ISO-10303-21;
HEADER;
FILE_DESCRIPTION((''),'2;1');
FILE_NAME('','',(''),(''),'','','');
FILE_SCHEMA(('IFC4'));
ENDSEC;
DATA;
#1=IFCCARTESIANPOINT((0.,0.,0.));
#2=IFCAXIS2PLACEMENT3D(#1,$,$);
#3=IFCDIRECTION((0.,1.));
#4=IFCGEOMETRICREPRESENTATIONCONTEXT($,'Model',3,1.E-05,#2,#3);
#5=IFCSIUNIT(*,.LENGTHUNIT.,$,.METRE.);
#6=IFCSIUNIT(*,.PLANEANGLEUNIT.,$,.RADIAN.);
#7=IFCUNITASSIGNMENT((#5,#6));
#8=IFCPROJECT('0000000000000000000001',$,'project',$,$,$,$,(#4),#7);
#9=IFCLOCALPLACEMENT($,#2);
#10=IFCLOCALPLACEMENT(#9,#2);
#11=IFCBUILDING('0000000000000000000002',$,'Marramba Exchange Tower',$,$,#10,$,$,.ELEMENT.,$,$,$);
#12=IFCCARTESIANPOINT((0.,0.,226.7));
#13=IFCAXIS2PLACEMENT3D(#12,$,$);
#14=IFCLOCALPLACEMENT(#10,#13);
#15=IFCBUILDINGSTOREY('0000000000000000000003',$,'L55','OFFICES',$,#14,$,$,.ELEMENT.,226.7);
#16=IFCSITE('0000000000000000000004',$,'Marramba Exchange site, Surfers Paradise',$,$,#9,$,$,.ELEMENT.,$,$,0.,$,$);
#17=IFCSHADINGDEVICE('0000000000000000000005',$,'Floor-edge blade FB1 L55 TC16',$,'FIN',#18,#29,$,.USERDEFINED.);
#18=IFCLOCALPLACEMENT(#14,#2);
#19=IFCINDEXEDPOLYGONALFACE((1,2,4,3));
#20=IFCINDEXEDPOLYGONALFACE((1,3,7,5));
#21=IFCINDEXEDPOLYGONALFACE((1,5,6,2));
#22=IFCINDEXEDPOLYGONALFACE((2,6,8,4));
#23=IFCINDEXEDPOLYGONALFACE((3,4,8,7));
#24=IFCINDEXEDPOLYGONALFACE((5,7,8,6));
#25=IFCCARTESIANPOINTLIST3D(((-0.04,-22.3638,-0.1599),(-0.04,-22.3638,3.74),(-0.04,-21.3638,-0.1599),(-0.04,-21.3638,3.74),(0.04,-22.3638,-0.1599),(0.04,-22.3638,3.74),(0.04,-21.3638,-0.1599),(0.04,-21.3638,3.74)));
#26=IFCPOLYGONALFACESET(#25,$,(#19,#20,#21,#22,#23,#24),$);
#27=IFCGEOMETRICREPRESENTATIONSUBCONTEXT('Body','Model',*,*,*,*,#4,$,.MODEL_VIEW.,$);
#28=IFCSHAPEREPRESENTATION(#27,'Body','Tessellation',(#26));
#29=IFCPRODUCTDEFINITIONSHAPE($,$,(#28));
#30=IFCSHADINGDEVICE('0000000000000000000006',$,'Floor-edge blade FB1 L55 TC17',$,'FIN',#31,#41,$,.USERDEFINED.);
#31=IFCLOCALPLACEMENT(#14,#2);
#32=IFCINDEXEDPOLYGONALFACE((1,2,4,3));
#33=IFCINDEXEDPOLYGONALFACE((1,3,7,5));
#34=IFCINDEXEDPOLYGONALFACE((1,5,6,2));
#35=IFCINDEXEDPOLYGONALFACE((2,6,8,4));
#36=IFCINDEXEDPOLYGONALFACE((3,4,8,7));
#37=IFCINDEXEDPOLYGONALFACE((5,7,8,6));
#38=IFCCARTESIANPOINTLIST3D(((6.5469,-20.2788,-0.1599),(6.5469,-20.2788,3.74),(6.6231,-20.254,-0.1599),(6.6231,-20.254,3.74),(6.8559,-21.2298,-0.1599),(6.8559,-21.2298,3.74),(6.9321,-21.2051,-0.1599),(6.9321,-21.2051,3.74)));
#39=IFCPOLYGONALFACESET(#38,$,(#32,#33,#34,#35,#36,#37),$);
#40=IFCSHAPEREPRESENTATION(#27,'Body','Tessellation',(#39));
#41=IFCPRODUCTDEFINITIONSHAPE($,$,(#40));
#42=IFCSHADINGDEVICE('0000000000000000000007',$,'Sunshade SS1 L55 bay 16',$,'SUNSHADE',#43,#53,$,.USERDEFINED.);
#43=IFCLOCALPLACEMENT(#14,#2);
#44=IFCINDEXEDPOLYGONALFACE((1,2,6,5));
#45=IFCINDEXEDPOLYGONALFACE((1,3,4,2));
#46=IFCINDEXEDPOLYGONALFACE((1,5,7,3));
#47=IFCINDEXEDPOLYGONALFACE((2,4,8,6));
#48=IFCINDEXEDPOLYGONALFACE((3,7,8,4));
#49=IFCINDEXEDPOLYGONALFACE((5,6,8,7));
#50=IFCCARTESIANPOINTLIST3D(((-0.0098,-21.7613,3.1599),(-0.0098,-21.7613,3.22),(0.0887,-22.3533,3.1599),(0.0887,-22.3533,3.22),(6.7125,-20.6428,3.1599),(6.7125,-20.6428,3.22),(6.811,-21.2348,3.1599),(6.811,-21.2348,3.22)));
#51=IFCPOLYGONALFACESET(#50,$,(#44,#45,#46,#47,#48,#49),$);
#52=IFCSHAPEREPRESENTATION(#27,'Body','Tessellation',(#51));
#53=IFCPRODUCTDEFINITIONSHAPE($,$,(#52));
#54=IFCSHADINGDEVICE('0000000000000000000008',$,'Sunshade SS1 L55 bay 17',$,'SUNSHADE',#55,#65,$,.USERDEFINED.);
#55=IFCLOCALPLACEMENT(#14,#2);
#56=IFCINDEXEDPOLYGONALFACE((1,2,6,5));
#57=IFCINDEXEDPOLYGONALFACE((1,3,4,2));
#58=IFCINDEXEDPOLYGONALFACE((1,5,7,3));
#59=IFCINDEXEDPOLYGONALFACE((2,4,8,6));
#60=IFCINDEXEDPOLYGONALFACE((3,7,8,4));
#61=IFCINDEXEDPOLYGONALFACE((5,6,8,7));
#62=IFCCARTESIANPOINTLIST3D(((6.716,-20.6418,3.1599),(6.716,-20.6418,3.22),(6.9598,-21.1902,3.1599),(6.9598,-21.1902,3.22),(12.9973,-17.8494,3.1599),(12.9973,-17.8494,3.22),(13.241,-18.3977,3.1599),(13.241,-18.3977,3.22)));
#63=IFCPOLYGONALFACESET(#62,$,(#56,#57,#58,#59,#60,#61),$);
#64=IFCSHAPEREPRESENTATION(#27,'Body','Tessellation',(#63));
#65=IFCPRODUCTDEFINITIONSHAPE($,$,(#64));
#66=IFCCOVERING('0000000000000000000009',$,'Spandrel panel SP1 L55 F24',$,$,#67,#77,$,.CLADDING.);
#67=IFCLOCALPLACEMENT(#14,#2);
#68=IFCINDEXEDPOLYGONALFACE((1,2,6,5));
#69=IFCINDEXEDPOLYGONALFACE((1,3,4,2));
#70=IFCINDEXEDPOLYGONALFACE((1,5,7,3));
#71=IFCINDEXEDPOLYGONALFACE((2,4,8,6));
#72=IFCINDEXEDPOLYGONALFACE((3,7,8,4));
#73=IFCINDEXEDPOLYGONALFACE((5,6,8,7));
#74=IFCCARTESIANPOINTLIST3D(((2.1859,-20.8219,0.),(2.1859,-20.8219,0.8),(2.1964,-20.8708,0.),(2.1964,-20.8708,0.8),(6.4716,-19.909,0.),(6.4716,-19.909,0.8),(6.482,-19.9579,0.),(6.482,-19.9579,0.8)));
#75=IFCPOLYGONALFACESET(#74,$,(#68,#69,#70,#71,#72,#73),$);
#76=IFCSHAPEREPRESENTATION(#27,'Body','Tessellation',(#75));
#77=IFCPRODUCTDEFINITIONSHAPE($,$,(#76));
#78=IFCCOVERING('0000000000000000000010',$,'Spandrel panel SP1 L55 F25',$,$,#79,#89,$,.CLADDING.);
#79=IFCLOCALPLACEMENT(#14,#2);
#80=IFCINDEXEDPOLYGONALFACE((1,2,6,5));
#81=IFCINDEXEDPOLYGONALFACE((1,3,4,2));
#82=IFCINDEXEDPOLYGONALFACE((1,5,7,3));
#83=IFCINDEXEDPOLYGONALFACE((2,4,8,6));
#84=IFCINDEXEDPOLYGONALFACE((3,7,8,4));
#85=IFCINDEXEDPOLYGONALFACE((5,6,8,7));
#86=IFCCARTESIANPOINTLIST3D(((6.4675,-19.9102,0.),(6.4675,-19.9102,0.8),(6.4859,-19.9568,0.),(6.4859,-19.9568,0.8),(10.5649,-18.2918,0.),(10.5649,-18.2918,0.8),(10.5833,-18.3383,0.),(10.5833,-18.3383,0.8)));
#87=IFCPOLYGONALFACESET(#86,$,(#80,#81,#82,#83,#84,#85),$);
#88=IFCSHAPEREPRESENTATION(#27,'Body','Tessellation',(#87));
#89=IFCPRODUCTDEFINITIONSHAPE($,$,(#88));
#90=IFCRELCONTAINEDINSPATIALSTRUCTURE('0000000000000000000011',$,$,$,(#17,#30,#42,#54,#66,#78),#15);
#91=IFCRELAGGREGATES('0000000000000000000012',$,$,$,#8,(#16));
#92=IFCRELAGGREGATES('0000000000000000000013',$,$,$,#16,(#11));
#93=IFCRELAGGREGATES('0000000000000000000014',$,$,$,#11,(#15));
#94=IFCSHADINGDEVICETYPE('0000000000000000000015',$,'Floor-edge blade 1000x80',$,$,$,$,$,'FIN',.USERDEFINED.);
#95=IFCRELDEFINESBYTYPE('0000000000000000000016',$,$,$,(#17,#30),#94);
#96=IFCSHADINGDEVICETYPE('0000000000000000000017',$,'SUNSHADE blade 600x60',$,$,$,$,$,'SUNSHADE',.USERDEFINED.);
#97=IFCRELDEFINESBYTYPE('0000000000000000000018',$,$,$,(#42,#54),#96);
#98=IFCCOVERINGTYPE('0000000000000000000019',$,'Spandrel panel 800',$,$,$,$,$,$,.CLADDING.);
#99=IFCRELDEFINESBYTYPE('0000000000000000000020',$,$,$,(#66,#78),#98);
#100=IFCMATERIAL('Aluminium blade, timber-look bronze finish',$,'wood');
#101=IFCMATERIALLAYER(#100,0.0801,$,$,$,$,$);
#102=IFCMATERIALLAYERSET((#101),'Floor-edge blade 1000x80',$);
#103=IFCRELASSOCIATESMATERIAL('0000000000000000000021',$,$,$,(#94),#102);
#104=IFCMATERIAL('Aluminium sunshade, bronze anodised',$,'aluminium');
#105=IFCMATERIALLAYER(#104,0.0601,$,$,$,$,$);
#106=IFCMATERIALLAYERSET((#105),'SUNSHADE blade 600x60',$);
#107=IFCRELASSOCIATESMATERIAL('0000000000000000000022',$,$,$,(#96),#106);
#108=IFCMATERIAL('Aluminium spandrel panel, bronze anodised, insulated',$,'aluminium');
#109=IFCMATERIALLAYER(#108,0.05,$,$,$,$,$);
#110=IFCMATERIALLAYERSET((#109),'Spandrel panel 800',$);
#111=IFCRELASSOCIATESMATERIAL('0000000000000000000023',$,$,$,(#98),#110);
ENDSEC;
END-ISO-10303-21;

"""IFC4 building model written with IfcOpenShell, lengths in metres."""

from ifc_helpers import new_model, si_unit, direction, frame, origin, origin_2d, place, context, subcontext, project, spatial, rectangle, extrude, material, layer, layer_set, type_object, element, save


model = new_model("IFC4")

# Units and contexts
model_context = context("Model", 3, precision=1e-05, world=origin(), true_north=direction((0.0, 1.0)))
body_context = subcontext(model_context, "Body", "Model", "MODEL_VIEW")
ifc_project = project(units=[si_unit("LENGTHUNIT", "METRE"), si_unit("PLANEANGLEUNIT", "RADIAN")], contexts=[model_context])

# Site, building, storey
site_placement = place(None, origin())
site = spatial("IfcSite", under=ifc_project, at=site_placement, Name="Marramba Exchange site, Surfers Paradise", CompositionType="ELEMENT", RefElevation=0.0)
building_placement = place(site_placement, origin())
building = spatial("IfcBuilding", under=site, at=building_placement, Name="Marramba Exchange Tower", CompositionType="ELEMENT")
storey_placement = place(building_placement, frame((0.0, 0.0, 226.7)))
storey = spatial("IfcBuildingStorey", under=building, at=storey_placement, Name="L55", Description="OFFICES", CompositionType="ELEMENT", Elevation=226.7)

# Shading devices
ifc_material_1 = material(Name="Aluminium blade, timber-look bronze finish", Category="wood")
ifc_layer_1 = layer(ifc_material_1, 0.0801)
ifc_layer_set_1 = layer_set([ifc_layer_1], Name="Floor-edge blade 1000x80")
shading_device_type_1 = type_object("IfcShadingDeviceType", Name="Floor-edge blade 1000x80", ElementType="FIN", PredefinedType="USERDEFINED", material=ifc_layer_set_1)
for number, where, z_axis, x_axis, name in (
    (1, (0.0, -21.8638, -0.1599), (0.0, 0.0, 1.0), (0.0, -1.0, 0.0), "Floor-edge blade FB1 L55 TC16"),
    (2, (6.7395, -20.7419, -0.1599), (0.0, 0.0, 1.0), (0.309017, -0.951057, 0.0), "Floor-edge blade FB1 L55 TC17"),
):
    element("IfcShadingDevice", number, at=place(storey_placement, frame(where, z_axis=z_axis, x_axis=x_axis)), inside=storey, type_object=shading_device_type_1, Name=name, ObjectType="FIN", PredefinedType="USERDEFINED", context=body_context, shape_type="SweptSolid", body=[
        extrude(rectangle(XDim=1.0, YDim=0.0801, at=origin_2d()), origin(), (0.0, 0.0, 1.0), 3.8999),
    ])
ifc_material_2 = material(Name="Aluminium sunshade, bronze anodised", Category="aluminium")
ifc_layer_2 = layer(ifc_material_2, 0.0601)
ifc_layer_set_2 = layer_set([ifc_layer_2], Name="SUNSHADE blade 600x60")
shading_device_type_2 = type_object("IfcShadingDeviceType", Name="SUNSHADE blade 600x60", ElementType="SUNSHADE", PredefinedType="USERDEFINED", material=ifc_layer_set_2)
shading_device_1_placement = place(storey_placement, frame((3.4006, -21.498, 3.1599), z_axis=(0.0, 0.0, 1.0), x_axis=(0.98644, 0.164125, 0.0)))
element("IfcShadingDevice", 3, at=shading_device_1_placement, inside=storey, type_object=shading_device_type_2, Name="Sunshade SS1 L55 bay 16", ObjectType="SUNSHADE", PredefinedType="USERDEFINED", context=body_context, shape_type="SweptSolid", body=[
    extrude(rectangle(XDim=6.8147, YDim=0.6001, at=origin_2d()), origin(), (0.0, 0.0, 1.0), 0.0601),
])
shading_device_2_placement = place(storey_placement, frame((9.9785, -19.5198, 3.1599), z_axis=(0.0, 0.0, 1.0), x_axis=(0.913772, 0.406228, 0.0)))
element("IfcShadingDevice", 4, at=shading_device_2_placement, inside=storey, type_object=shading_device_type_2, Name="Sunshade SS1 L55 bay 17", ObjectType="SUNSHADE", PredefinedType="USERDEFINED", context=body_context, shape_type="SweptSolid", body=[
    extrude(rectangle(XDim=6.874, YDim=0.6001, at=origin_2d()), origin(), (0.0, 0.0, 1.0), 0.0601),
])

# Coverings
ifc_material_3 = material(Name="Aluminium spandrel panel, bronze anodised, insulated", Category="aluminium")
ifc_layer_3 = layer(ifc_material_3, 0.05)
ifc_layer_set_3 = layer_set([ifc_layer_3], Name="Spandrel panel 800")
covering_type = type_object("IfcCoveringType", Name="Spandrel panel 800", PredefinedType="CLADDING", material=ifc_layer_set_3)
covering_1_placement = place(storey_placement, frame((4.334, -20.3899, 0.0), z_axis=(0.0, 0.0, 1.0), x_axis=(0.978058, 0.208332, 0.0)))
element("IfcCovering", 5, at=covering_1_placement, inside=storey, type_object=covering_type, Name="Spandrel panel SP1 L55 F24", PredefinedType="CLADDING", context=body_context, shape_type="SweptSolid", body=[
    extrude(rectangle(XDim=4.3818, YDim=0.05, at=origin_2d()), origin(), (0.0, 0.0, 1.0), 0.8),
])
covering_2_placement = place(storey_placement, frame((8.5254, -19.1243, 0.0), z_axis=(0.0, 0.0, 1.0), x_axis=(0.930073, 0.367375, 0.0)))
element("IfcCovering", 6, at=covering_2_placement, inside=storey, type_object=covering_type, Name="Spandrel panel SP1 L55 F25", PredefinedType="CLADDING", context=body_context, shape_type="SweptSolid", body=[
    extrude(rectangle(XDim=4.4055, YDim=0.05, at=origin_2d()), origin(), (0.0, 0.0, 1.0), 0.8),
])

save(model, "model.ifc")
